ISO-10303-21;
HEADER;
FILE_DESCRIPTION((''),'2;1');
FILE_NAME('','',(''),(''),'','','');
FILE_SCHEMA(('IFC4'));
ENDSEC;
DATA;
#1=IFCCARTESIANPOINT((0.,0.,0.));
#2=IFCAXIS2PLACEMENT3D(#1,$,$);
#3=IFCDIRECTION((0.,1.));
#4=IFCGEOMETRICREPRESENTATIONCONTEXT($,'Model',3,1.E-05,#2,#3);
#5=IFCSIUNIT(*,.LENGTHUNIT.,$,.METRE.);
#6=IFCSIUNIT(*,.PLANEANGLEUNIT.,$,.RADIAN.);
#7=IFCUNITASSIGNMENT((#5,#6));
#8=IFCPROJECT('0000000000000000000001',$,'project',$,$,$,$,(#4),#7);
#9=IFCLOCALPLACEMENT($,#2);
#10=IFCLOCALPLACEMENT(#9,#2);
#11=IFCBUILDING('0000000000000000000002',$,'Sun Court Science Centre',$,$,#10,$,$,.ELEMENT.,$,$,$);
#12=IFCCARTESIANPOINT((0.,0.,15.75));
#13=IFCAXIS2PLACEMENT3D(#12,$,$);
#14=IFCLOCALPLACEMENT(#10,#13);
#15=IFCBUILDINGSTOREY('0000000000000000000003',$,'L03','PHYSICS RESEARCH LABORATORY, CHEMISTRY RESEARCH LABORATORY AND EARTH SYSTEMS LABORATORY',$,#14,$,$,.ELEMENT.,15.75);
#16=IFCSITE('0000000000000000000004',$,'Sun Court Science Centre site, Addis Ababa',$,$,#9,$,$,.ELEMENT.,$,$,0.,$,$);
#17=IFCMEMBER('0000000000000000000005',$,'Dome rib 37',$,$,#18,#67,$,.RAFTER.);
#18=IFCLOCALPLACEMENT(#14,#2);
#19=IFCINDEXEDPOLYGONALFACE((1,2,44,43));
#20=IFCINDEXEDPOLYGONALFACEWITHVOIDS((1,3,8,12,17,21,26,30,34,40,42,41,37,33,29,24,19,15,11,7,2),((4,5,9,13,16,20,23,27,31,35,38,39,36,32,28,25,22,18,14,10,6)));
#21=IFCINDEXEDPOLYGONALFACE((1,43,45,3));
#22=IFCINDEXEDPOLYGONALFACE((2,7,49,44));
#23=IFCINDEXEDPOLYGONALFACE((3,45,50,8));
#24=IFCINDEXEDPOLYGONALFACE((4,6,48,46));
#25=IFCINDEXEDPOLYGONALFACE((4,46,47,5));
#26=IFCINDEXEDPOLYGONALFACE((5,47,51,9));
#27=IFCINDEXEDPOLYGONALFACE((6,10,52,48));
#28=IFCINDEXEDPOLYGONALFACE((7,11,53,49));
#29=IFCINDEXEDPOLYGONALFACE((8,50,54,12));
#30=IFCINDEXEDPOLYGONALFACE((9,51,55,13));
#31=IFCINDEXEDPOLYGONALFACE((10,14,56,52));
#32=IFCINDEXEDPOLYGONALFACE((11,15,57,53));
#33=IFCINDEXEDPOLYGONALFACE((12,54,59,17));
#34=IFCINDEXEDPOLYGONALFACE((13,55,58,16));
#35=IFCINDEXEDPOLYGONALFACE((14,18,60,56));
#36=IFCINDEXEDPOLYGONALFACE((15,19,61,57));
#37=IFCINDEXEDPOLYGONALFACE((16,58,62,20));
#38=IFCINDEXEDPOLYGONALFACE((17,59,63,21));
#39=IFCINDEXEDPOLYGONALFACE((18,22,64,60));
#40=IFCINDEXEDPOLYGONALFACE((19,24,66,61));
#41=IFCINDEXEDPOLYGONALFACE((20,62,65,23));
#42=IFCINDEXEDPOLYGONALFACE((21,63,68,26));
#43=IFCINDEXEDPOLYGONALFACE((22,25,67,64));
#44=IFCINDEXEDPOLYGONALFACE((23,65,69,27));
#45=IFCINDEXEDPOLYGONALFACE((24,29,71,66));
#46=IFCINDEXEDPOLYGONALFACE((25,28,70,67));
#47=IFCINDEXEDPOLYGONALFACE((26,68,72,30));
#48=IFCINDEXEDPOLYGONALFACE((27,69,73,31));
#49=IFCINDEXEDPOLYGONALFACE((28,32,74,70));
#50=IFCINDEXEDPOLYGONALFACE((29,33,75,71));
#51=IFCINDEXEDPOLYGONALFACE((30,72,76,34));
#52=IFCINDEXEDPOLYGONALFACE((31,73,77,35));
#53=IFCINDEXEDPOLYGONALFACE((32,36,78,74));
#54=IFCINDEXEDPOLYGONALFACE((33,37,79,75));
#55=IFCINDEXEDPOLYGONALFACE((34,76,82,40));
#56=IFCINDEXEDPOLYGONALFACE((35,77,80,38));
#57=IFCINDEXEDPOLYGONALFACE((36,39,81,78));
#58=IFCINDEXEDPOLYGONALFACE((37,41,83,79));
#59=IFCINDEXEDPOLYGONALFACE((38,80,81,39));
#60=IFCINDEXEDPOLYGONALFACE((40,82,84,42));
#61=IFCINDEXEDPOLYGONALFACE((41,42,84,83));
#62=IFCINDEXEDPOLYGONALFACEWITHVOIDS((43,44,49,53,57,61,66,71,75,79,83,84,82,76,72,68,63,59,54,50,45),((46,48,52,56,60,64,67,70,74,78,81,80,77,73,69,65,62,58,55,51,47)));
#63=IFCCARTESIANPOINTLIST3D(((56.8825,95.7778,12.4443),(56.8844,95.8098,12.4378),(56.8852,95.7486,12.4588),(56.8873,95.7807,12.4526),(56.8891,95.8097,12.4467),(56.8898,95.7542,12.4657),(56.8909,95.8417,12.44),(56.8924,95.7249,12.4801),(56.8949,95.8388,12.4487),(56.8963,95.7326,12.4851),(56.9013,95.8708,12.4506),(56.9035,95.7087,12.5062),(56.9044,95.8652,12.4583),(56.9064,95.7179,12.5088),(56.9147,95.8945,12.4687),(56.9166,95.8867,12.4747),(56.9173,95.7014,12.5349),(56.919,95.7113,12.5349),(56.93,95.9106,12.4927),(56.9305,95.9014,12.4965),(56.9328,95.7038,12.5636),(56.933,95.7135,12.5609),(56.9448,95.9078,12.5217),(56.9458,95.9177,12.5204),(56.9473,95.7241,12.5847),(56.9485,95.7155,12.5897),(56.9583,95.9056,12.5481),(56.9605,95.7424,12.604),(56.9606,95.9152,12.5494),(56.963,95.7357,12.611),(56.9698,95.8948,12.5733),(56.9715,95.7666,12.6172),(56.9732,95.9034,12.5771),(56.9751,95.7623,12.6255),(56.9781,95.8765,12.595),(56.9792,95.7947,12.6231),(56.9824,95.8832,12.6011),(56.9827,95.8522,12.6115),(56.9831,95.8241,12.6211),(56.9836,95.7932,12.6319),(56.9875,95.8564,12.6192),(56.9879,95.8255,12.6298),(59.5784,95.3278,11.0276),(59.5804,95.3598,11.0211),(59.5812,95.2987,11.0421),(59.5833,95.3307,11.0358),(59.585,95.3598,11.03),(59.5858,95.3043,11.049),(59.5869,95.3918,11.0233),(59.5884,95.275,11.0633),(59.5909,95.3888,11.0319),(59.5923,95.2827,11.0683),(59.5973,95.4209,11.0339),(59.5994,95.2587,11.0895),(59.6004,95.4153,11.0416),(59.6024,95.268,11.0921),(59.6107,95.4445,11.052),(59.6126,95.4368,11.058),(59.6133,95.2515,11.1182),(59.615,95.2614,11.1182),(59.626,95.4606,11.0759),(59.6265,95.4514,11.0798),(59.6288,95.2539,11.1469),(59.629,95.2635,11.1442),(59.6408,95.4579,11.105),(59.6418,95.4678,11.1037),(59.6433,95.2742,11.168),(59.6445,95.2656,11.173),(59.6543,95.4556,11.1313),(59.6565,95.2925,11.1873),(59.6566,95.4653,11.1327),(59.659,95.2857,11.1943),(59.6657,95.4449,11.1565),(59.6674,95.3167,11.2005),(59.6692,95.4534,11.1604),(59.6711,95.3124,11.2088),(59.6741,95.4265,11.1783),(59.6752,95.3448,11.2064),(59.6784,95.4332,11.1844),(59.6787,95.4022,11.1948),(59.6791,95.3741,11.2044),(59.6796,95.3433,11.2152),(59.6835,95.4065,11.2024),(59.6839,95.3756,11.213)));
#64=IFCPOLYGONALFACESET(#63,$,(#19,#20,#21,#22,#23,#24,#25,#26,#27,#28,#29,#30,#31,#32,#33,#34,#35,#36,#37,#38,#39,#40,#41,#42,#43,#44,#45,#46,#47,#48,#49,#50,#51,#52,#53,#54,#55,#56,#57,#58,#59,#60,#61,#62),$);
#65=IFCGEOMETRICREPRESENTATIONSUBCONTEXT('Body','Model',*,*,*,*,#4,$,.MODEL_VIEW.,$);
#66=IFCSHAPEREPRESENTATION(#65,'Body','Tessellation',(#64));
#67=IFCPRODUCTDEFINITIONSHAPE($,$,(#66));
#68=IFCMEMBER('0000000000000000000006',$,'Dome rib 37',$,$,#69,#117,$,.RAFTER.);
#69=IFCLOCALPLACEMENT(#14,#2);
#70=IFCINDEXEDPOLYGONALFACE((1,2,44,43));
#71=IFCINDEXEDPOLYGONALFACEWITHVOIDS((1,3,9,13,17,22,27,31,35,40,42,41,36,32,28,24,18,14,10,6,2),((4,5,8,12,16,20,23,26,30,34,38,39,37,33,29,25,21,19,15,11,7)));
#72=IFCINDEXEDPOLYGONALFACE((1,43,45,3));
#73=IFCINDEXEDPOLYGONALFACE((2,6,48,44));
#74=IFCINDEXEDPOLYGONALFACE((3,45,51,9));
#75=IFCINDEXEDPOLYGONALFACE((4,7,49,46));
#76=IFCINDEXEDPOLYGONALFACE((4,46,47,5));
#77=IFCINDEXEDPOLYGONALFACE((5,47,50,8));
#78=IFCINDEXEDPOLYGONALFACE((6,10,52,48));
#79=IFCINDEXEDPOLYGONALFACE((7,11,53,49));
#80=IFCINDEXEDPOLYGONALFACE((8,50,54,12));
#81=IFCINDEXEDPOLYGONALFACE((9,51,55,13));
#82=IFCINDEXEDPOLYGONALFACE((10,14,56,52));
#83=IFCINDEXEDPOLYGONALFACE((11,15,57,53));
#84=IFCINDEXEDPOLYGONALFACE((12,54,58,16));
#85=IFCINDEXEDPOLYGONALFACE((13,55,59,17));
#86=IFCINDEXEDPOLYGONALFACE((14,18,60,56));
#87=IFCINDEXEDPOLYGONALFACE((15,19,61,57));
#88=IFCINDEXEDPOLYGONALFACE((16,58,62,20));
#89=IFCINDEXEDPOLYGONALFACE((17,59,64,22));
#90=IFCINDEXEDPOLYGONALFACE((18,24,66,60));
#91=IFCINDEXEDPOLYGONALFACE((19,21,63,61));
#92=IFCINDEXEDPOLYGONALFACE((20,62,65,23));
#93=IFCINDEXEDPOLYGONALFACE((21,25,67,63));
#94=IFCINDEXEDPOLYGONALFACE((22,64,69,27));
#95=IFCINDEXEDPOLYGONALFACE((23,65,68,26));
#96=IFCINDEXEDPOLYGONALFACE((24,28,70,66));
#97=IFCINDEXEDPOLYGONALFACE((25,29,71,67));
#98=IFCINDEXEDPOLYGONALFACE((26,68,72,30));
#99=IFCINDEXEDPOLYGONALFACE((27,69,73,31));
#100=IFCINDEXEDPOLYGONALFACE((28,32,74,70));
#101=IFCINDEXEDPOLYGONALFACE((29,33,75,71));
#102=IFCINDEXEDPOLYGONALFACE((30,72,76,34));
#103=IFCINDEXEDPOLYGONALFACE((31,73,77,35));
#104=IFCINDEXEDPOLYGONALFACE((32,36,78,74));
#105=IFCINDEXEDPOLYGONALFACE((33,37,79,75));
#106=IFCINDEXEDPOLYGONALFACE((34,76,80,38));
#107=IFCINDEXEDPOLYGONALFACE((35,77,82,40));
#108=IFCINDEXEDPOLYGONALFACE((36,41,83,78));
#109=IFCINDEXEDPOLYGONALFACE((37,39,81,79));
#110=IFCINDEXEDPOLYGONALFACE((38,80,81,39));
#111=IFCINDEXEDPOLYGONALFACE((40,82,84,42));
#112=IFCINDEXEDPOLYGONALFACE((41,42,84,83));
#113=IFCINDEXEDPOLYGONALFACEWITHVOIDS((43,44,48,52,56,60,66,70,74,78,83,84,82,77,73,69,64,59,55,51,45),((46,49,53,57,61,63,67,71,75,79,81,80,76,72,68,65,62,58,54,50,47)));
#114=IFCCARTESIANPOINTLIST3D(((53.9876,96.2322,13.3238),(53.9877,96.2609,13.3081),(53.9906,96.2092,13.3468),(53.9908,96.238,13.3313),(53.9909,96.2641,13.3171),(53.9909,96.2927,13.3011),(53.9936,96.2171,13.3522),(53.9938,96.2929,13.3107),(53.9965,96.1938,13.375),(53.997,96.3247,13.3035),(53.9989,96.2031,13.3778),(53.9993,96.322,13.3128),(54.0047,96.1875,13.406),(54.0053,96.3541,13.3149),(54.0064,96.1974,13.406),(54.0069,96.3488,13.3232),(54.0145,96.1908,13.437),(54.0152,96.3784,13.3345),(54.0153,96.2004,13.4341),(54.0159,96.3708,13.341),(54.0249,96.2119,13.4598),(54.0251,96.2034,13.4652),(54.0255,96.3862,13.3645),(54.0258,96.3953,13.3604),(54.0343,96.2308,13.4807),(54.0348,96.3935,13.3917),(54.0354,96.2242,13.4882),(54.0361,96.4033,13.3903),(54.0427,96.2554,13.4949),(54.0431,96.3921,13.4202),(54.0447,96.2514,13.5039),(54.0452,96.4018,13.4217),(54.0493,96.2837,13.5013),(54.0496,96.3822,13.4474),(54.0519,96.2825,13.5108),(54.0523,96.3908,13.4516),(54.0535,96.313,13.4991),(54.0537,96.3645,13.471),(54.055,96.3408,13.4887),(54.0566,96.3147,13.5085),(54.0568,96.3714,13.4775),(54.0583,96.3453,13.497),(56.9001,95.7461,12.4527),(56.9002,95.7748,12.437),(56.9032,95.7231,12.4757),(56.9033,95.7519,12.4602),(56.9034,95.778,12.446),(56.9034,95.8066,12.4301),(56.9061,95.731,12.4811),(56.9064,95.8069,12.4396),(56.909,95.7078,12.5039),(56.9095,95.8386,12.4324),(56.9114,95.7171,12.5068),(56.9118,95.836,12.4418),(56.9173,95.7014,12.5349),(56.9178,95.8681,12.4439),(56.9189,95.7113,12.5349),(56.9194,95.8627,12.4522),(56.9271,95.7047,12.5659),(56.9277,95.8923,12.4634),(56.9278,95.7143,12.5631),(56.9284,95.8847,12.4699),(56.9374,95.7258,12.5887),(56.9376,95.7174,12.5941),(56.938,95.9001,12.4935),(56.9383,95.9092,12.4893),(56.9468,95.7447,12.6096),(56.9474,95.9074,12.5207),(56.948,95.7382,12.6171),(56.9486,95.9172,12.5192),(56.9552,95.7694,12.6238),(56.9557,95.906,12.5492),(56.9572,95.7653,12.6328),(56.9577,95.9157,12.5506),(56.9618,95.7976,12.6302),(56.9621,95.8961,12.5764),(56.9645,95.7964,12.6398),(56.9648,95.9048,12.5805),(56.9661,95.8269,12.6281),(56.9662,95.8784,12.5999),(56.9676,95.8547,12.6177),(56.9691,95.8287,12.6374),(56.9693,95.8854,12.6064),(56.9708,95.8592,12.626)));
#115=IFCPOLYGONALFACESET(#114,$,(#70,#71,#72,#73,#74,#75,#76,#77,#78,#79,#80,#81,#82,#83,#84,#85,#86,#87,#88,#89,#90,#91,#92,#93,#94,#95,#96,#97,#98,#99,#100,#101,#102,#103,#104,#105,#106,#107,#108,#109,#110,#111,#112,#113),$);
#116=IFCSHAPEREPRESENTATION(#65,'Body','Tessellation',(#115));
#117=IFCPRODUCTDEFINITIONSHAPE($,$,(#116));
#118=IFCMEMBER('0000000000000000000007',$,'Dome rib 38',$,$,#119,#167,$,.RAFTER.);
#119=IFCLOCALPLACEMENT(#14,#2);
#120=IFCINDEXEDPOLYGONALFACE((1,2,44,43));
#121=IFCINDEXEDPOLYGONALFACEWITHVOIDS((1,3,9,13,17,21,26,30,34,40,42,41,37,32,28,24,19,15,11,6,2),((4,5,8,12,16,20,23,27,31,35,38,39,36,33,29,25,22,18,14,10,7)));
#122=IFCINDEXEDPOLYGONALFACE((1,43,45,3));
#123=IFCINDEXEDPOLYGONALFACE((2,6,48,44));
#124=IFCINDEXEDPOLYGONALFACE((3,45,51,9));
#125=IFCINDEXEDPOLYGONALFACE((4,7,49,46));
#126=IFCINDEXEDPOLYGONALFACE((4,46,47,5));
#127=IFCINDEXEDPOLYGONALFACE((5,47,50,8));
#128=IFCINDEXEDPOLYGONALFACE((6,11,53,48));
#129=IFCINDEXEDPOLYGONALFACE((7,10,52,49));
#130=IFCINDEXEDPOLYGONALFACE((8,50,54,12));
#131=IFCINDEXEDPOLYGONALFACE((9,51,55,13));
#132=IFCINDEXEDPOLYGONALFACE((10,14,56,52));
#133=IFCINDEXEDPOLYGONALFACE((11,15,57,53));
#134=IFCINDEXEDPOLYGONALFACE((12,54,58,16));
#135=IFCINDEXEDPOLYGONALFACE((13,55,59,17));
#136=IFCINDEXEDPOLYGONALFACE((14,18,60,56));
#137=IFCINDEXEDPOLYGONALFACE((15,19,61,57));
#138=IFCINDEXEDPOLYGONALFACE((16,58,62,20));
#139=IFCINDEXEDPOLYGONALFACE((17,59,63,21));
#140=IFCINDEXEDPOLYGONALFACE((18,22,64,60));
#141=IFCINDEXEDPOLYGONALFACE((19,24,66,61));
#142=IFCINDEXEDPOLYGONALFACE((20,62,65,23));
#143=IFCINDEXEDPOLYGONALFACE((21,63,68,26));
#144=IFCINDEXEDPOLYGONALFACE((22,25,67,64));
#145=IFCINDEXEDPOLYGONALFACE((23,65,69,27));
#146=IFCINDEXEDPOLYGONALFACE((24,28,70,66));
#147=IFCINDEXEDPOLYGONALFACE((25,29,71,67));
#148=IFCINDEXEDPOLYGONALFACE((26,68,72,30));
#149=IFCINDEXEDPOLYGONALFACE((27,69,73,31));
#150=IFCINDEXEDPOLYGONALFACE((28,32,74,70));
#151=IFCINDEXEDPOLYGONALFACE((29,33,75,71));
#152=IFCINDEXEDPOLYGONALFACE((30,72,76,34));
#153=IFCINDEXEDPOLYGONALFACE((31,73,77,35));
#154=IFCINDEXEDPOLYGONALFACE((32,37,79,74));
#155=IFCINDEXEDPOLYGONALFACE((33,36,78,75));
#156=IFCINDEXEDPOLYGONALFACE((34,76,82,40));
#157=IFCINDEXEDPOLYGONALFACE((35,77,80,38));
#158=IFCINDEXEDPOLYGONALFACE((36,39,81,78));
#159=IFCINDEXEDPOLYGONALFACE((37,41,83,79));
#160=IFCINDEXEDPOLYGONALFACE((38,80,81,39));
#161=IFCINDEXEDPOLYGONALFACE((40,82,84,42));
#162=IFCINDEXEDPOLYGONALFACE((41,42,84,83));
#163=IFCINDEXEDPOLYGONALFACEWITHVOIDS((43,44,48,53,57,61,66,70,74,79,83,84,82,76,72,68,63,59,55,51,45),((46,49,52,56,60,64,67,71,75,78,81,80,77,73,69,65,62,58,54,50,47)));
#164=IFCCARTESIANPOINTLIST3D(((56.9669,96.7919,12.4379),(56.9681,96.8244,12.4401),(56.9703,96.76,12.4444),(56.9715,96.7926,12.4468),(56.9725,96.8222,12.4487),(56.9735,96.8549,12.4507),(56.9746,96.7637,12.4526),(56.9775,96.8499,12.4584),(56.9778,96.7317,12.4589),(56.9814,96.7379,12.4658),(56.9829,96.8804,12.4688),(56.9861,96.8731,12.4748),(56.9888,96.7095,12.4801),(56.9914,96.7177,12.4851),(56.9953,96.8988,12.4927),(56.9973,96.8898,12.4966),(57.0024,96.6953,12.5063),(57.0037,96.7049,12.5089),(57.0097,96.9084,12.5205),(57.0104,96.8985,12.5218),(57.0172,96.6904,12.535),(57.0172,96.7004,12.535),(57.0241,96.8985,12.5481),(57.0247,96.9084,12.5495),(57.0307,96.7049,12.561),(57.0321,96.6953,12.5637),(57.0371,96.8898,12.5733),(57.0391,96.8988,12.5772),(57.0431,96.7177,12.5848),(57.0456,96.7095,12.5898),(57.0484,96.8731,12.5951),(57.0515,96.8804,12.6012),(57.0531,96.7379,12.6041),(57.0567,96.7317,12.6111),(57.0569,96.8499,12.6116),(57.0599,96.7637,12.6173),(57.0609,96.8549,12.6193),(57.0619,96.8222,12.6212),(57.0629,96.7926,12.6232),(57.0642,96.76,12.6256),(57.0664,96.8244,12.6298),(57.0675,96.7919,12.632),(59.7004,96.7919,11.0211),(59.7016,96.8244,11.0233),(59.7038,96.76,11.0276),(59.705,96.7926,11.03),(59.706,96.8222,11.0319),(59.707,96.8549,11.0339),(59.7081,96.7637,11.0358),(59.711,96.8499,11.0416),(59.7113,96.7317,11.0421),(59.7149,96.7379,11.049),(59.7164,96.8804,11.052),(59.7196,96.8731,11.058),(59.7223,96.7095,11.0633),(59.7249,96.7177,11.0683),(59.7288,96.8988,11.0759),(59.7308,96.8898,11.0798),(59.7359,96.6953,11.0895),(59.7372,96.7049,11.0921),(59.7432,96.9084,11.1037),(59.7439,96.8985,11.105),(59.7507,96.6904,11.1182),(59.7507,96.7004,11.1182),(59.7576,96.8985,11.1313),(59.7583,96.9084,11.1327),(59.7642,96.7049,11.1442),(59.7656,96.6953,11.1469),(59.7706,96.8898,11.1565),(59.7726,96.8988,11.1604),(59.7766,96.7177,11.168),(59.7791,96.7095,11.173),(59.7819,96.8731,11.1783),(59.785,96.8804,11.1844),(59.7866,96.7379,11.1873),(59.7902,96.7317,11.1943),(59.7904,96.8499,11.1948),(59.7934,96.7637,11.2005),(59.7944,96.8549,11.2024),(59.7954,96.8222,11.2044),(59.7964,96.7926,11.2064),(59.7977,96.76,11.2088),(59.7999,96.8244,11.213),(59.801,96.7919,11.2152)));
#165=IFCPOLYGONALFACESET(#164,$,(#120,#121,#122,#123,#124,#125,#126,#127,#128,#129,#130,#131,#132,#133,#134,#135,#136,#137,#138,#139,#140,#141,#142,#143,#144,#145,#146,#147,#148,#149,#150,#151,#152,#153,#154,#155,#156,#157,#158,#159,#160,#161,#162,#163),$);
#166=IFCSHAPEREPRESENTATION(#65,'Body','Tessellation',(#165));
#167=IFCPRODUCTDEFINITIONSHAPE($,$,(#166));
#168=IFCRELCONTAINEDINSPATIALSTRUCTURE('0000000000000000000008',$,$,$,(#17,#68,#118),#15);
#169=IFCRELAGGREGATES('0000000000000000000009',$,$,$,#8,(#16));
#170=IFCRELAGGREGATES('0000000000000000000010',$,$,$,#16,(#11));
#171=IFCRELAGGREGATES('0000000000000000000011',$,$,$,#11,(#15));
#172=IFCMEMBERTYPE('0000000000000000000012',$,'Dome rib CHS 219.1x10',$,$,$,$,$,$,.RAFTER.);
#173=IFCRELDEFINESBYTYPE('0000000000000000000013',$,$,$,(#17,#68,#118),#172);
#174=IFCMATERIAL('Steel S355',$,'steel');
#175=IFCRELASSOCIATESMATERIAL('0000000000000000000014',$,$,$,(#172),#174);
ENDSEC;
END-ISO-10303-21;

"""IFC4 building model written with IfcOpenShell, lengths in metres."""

from ifc_helpers import new_model, si_unit, direction, frame, origin, origin_2d, place, context, subcontext, project, spatial, hollow_circle, extrude, material, material_profile, profile_set, type_object, element, save


model = new_model("IFC4")

# Units and contexts
model_context = context("Model", 3, precision=1e-05, world=origin(), true_north=direction((0.0, 1.0)))
body_context = subcontext(model_context, "Body", "Model", "MODEL_VIEW")
ifc_project = project(units=[si_unit("LENGTHUNIT", "METRE"), si_unit("PLANEANGLEUNIT", "RADIAN")], contexts=[model_context])

# Site, building, storey
site_placement = place(None, origin())
site = spatial("IfcSite", under=ifc_project, at=site_placement, Name="Sun Court Science Centre site, Addis Ababa", CompositionType="ELEMENT", RefElevation=0.0)
building_placement = place(site_placement, origin())
building = spatial("IfcBuilding", under=site, at=building_placement, Name="Sun Court Science Centre", CompositionType="ELEMENT")
storey_placement = place(building_placement, frame((0.0, 0.0, 15.75)))
storey = spatial("IfcBuildingStorey", under=building, at=storey_placement, Name="L03", Description="PHYSICS RESEARCH LABORATORY, CHEMISTRY RESEARCH LABORATORY AND EARTH SYSTEMS LABORATORY", CompositionType="ELEMENT", Elevation=15.75)

# Members
ifc_material_1 = material(Name="Steel S355", Category="steel")
ifc_material_profile_1 = material_profile(ifc_material_1, hollow_circle(Radius=0.1096, WallThickness=0.01, at=origin_2d()), Name="CHS 219.1x10")
ifc_profile_set_1 = profile_set([ifc_material_profile_1], Name="Steel S355")
member_type_1 = type_object("IfcMemberType", Name="Dome rib CHS 219.1x10", PredefinedType="RAFTER", material=ifc_profile_set_1)
for number, where, z_axis, x_axis, name in (
    (1, (59.6313, 95.3596, 11.1182), (-0.875714, 0.146151, 0.46018), (-0.164616, -0.986358, 0.0), "Dome rib 37"),
    (2, (56.9353, 95.8096, 12.5349), (-0.946052, 0.157887, 0.282943), (-0.164614, -0.986358, 0.0), "Dome rib 37"),
):
    element("IfcMember", number, at=place(storey_placement, frame(where, z_axis=z_axis, x_axis=x_axis)), inside=storey, type_object=member_type_1, Name=name, PredefinedType="RAFTER", context=body_context, shape_type="SweptSolid", body=[
        extrude(hollow_circle(Radius=0.1096, WallThickness=0.01, at=origin_2d()), origin(), (0.0, 0.0, 1.0), 3.0786),
    ])
member_1_placement = place(storey_placement, frame((59.7507, 96.8, 11.1182), z_axis=(-0.88783, 0.0, 0.460171), x_axis=(0.0, -1.0, 0.0)))
element("IfcMember", 3, at=member_1_placement, inside=storey, type_object=member_type_1, Name="Dome rib 38", PredefinedType="RAFTER", context=body_context, shape_type="SweptSolid", body=[
    extrude(hollow_circle(Radius=0.1096, WallThickness=0.01, at=origin_2d()), origin(), (0.0, 0.0, 1.0), 3.0789),
])

save(model, "model.ifc")
